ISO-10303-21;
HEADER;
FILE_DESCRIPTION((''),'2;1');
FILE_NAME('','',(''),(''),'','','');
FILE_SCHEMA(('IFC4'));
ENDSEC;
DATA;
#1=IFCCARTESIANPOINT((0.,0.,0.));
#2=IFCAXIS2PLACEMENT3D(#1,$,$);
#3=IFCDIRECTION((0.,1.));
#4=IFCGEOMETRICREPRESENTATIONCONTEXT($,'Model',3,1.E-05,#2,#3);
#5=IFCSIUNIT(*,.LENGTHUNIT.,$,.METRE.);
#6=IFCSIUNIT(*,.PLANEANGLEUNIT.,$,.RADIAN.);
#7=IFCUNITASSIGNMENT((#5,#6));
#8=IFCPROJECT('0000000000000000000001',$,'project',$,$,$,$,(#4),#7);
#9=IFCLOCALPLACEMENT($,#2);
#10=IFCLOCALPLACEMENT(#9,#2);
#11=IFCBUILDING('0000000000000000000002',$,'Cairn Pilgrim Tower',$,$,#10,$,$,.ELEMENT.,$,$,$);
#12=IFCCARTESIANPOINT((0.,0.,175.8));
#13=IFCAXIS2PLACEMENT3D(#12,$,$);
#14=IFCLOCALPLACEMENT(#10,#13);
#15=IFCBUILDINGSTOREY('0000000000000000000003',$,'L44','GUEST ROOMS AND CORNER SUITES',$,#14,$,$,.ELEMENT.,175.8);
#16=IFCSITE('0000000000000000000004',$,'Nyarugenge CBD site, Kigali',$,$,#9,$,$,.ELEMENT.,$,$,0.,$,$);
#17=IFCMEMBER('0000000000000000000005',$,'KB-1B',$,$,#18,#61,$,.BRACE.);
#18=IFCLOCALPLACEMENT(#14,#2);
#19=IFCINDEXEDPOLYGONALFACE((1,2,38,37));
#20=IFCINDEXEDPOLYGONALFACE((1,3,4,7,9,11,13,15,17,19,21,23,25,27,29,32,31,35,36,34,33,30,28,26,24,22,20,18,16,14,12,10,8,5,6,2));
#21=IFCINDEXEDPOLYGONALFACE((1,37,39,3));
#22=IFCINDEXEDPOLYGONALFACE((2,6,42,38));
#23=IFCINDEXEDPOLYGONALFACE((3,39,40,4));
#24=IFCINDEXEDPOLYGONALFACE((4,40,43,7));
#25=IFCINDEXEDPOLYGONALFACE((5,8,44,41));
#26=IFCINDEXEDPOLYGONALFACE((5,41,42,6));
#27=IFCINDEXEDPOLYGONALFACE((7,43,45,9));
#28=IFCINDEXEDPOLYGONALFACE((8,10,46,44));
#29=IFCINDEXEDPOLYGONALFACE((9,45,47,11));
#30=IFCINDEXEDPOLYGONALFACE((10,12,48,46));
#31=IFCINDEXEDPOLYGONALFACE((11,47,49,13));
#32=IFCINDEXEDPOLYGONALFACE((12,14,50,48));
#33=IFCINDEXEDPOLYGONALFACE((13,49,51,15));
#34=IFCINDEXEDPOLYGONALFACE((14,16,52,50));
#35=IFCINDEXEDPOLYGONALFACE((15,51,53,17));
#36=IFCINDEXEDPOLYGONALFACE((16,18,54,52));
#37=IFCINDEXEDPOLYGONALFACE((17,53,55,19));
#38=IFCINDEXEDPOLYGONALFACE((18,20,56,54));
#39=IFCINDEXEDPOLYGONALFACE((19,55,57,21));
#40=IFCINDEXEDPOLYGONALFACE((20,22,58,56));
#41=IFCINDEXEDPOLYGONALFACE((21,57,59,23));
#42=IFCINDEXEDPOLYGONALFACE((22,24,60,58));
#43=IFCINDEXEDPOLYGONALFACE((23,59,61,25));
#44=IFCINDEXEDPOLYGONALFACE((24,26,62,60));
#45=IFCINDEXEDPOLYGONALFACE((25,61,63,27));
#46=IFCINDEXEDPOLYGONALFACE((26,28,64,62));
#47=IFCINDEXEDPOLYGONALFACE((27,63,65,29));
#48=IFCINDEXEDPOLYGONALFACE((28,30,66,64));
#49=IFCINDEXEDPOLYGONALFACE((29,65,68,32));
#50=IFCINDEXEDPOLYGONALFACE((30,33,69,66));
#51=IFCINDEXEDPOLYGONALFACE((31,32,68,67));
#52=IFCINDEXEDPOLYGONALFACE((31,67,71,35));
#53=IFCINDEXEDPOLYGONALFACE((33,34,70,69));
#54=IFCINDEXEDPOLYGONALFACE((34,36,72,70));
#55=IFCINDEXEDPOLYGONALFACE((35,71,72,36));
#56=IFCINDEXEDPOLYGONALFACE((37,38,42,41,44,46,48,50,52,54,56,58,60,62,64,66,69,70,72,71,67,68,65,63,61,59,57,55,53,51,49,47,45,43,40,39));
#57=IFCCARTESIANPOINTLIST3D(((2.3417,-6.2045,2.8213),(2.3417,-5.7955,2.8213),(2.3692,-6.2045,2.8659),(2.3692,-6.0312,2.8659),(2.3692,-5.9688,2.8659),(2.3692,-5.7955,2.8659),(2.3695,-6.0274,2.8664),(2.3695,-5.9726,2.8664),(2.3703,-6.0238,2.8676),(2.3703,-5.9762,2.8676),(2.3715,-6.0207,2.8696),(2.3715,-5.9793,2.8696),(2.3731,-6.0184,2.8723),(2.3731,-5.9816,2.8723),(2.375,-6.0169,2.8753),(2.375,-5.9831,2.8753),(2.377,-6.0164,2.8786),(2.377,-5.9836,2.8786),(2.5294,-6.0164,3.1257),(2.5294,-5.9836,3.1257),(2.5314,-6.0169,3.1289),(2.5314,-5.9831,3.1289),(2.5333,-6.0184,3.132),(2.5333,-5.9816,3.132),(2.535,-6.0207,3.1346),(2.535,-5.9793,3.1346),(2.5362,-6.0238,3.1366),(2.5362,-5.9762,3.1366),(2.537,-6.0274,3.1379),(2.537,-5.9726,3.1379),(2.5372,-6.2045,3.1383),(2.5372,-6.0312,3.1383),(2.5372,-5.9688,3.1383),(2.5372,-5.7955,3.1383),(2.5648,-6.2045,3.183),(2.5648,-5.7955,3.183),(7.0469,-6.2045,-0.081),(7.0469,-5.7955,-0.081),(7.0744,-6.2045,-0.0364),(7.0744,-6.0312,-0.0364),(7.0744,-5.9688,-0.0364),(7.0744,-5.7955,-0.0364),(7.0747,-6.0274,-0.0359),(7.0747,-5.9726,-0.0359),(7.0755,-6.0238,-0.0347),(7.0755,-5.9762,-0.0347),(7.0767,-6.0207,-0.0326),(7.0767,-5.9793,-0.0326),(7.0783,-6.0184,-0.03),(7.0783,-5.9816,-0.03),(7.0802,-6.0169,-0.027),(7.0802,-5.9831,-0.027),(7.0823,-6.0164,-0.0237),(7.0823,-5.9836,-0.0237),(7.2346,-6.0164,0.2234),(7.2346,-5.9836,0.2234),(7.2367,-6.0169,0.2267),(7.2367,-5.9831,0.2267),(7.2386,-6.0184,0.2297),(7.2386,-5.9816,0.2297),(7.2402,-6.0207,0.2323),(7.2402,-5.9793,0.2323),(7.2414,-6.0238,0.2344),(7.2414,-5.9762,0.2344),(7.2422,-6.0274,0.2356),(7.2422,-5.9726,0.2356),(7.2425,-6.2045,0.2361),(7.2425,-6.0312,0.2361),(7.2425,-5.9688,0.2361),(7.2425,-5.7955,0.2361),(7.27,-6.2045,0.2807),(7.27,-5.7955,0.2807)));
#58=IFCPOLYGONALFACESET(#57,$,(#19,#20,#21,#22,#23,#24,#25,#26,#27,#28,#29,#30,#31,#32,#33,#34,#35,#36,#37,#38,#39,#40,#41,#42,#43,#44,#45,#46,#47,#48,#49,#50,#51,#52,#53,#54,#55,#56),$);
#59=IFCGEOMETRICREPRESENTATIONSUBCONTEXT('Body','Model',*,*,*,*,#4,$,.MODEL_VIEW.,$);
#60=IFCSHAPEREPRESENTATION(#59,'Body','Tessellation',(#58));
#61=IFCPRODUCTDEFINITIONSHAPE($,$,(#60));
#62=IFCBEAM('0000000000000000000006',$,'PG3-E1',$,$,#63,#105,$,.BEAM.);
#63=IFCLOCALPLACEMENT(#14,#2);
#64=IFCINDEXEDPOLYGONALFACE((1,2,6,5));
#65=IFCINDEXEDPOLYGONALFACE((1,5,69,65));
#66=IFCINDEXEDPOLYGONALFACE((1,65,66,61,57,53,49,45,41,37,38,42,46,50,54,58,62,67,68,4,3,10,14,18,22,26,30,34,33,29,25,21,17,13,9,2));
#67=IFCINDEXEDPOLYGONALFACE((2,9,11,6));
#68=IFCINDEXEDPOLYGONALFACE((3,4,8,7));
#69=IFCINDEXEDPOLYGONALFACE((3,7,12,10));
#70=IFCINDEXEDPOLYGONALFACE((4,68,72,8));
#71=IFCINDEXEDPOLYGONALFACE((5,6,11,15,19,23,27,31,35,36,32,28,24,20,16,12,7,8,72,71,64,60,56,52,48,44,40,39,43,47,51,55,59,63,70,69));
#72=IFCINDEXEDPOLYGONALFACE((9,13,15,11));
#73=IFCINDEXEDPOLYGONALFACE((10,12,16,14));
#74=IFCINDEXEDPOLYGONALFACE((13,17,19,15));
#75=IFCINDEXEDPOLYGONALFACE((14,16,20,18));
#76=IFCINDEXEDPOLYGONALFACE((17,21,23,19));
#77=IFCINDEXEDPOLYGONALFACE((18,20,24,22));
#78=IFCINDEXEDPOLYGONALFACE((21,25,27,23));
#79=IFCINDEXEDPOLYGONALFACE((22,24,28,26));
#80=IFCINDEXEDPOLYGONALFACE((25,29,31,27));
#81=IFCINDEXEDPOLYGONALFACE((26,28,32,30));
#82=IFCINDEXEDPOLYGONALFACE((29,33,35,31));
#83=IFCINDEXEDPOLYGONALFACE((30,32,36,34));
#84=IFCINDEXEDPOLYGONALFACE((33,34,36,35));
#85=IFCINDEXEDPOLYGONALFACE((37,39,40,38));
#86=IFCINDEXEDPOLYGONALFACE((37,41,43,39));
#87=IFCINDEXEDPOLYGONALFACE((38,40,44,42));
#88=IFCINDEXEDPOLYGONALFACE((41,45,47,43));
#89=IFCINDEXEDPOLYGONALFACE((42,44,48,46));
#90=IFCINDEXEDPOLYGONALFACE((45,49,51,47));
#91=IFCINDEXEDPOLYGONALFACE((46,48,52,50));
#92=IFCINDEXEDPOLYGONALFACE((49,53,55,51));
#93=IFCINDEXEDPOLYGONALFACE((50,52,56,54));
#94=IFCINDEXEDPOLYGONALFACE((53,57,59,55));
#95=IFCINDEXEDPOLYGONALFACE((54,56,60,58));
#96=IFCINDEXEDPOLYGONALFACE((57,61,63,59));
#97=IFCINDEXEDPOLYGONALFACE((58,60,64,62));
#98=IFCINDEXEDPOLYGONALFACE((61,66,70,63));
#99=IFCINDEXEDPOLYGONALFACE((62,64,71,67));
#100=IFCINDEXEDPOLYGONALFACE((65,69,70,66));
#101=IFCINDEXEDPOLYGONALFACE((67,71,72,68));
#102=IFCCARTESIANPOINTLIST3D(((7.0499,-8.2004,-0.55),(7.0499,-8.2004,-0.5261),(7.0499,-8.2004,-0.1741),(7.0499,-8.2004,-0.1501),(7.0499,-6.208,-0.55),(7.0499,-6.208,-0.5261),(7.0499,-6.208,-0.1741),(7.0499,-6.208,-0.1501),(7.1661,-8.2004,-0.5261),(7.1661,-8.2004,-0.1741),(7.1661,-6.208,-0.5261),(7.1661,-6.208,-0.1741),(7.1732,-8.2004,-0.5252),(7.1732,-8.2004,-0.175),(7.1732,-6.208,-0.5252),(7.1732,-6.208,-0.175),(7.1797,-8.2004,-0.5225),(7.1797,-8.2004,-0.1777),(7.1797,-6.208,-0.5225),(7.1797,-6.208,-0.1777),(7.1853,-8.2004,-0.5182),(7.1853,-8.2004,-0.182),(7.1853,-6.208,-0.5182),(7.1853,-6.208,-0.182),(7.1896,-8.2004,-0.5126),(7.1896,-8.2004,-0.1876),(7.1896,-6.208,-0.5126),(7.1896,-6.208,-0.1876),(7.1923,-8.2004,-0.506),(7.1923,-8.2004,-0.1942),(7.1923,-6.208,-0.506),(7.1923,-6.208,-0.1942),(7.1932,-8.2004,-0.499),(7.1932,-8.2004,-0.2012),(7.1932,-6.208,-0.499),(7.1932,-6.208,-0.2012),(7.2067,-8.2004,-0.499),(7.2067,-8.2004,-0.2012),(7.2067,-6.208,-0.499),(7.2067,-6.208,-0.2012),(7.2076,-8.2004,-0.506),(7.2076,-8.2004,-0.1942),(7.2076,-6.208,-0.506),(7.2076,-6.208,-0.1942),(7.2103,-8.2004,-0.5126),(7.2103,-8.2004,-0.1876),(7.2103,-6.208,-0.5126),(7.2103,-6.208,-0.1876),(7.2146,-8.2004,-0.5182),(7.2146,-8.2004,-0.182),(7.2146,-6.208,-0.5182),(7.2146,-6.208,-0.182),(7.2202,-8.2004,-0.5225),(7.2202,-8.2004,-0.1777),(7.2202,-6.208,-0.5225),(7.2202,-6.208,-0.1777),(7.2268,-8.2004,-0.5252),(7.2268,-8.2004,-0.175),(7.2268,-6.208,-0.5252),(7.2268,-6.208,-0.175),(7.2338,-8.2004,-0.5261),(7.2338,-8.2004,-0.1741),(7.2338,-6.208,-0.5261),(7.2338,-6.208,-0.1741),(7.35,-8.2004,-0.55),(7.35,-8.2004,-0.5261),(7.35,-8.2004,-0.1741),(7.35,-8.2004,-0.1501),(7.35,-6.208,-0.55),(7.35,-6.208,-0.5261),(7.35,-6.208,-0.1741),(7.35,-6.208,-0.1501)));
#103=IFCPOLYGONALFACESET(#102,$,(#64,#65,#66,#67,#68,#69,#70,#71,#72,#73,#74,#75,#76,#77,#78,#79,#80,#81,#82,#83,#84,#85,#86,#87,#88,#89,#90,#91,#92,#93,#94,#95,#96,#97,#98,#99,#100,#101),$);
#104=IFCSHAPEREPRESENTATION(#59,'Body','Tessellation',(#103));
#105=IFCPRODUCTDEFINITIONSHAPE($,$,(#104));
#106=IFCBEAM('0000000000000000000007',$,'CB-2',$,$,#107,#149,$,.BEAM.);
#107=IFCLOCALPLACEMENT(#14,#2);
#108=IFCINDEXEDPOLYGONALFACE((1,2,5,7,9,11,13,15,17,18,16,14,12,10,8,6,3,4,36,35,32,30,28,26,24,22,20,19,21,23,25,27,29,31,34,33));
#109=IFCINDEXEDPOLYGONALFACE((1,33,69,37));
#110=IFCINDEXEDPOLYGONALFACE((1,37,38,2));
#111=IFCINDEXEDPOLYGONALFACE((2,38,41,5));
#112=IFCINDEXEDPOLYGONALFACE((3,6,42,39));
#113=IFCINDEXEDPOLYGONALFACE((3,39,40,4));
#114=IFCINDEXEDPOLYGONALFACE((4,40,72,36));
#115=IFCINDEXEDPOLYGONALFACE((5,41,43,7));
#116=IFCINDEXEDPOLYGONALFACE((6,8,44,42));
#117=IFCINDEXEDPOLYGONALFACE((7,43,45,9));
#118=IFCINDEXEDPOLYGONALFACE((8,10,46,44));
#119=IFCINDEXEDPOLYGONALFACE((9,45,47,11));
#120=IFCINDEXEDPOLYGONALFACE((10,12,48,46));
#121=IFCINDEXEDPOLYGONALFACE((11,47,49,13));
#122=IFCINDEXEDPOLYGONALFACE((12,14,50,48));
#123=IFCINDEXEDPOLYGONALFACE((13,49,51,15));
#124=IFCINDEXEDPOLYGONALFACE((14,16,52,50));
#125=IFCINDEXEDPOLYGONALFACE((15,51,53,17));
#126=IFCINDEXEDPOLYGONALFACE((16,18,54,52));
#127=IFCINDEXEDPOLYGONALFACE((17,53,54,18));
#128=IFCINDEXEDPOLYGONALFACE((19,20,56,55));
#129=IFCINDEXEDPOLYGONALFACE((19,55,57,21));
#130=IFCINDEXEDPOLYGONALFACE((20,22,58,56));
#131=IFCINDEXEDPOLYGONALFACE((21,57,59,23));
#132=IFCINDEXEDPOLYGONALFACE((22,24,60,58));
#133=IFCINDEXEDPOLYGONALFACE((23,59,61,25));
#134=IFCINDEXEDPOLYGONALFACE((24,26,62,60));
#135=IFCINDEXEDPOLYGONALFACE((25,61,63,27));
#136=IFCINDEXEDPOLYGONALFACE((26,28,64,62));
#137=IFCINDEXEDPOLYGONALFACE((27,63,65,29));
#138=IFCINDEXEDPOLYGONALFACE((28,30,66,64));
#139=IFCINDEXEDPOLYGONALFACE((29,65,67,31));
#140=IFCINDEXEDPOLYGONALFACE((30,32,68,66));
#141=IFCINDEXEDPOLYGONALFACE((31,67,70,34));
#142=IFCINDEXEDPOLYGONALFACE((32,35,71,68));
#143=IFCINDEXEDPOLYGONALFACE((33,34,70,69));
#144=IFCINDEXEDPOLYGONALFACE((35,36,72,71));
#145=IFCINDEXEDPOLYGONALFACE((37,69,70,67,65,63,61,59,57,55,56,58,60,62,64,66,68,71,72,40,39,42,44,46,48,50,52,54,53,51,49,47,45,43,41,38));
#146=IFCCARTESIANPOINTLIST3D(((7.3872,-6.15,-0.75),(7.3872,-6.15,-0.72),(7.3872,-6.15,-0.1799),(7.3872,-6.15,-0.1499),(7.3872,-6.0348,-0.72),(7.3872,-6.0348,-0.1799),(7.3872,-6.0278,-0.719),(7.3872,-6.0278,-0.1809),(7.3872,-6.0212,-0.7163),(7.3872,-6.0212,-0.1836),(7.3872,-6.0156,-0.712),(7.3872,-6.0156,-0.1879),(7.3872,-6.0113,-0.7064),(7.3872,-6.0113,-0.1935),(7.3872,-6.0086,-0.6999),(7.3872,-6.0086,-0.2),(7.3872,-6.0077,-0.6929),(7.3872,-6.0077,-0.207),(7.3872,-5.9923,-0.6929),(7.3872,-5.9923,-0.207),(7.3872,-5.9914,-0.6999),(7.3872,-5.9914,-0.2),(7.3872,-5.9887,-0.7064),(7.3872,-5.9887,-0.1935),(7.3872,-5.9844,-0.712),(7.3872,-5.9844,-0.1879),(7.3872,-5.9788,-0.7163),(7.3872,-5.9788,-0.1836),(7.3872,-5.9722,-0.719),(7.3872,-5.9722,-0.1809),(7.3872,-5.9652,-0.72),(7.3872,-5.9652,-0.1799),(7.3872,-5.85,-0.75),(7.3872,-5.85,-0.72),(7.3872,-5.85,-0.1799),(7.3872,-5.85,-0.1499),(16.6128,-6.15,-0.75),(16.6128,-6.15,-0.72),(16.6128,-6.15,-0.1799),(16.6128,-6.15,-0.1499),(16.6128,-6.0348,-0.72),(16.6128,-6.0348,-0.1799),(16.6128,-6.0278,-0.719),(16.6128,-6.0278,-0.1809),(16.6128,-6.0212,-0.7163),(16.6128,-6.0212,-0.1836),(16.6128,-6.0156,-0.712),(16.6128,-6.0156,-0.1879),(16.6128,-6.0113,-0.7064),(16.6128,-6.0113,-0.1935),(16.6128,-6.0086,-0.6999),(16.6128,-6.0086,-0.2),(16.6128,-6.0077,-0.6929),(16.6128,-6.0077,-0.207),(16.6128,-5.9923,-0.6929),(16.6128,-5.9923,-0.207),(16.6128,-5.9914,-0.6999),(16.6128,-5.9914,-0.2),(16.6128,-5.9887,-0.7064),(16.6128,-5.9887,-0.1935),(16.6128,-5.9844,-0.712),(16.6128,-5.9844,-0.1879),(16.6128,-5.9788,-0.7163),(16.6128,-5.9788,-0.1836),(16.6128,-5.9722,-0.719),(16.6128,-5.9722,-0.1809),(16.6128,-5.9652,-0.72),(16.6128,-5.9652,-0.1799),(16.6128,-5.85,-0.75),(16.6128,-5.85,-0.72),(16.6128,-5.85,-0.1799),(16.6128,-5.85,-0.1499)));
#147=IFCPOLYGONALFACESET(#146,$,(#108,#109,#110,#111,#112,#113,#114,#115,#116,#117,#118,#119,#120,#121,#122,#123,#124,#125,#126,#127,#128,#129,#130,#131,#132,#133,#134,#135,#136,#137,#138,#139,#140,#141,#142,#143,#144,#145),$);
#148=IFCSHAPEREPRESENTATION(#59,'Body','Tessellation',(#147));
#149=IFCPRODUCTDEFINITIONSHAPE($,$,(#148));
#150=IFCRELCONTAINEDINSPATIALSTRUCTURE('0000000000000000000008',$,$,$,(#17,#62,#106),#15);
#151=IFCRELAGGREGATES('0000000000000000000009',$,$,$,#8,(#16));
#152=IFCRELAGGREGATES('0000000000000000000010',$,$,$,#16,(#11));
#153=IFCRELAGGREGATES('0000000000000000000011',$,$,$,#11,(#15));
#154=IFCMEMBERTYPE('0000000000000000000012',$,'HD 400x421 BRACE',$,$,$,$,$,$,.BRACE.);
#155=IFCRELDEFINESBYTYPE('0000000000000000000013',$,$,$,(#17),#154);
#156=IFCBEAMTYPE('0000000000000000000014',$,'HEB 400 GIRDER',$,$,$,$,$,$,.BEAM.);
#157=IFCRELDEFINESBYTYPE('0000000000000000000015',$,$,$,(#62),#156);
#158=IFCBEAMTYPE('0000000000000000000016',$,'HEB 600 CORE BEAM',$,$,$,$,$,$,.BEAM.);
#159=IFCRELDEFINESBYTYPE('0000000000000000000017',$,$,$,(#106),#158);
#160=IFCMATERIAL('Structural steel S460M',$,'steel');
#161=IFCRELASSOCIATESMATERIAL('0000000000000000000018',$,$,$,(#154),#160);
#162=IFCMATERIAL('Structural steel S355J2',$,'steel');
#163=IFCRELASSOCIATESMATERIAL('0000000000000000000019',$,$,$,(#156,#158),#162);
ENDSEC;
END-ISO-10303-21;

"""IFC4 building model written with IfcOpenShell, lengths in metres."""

from ifc_helpers import new_model, si_unit, direction, frame, origin, origin_2d, place, context, subcontext, project, spatial, i_section, extrude, material, material_profile, profile_set, type_object, element, save


model = new_model("IFC4")

# Units and contexts
model_context = context("Model", 3, precision=1e-05, world=origin(), true_north=direction((0.0, 1.0)))
body_context = subcontext(model_context, "Body", "Model", "MODEL_VIEW")
ifc_project = project(units=[si_unit("LENGTHUNIT", "METRE"), si_unit("PLANEANGLEUNIT", "RADIAN")], contexts=[model_context])

# Site, building, storey
site_placement = place(None, origin())
site = spatial("IfcSite", under=ifc_project, at=site_placement, Name="Nyarugenge CBD site, Kigali", CompositionType="ELEMENT", RefElevation=0.0)
building_placement = place(site_placement, origin())
building = spatial("IfcBuilding", under=site, at=building_placement, Name="Cairn Pilgrim Tower", CompositionType="ELEMENT")
storey_placement = place(building_placement, frame((0.0, 0.0, 175.8)))
storey = spatial("IfcBuildingStorey", under=building, at=storey_placement, Name="L44", Description="GUEST ROOMS AND CORNER SUITES", CompositionType="ELEMENT", Elevation=175.8)

# Shared definitions
ifc_material_1 = material(Name="Structural steel S355J2", Category="steel")
ifc_material_2 = material(Name="Structural steel S460M", Category="steel")

# Member
ifc_material_profile_1 = material_profile(ifc_material_2, i_section(OverallWidth=0.4089, OverallDepth=0.425, WebThickness=0.0327, FlangeThickness=0.0525, FilletRadius=0.0149, at=origin_2d()), Name="HD 400x421")
ifc_profile_set_1 = profile_set([ifc_material_profile_1], Name="Structural steel S460M")
member_type = type_object("IfcMemberType", Name="HD 400x421 BRACE", PredefinedType="BRACE", material=ifc_profile_set_1)
member_placement = place(storey_placement, frame((7.1584, -6.0, 0.0999), z_axis=(-0.851112, 0.0, 0.524984), x_axis=(0.0, -1.0, 0.0)))
element("IfcMember", 1, at=member_placement, inside=storey, type_object=member_type, Name="KB-1B", PredefinedType="BRACE", context=body_context, shape_type="SweptSolid", body=[
    extrude(i_section(OverallWidth=0.4089, OverallDepth=0.425, WebThickness=0.0327, FlangeThickness=0.0525, FilletRadius=0.0149, at=origin_2d()), origin(), (0.0, 0.0, 1.0), 5.5283),
])

# Beams
ifc_material_profile_2 = material_profile(ifc_material_1, i_section(OverallWidth=0.3, OverallDepth=0.3999, WebThickness=0.0134, FlangeThickness=0.0239, FilletRadius=0.0271, at=origin_2d()), Name="HEB 400")
ifc_profile_set_2 = profile_set([ifc_material_profile_2], Name="Structural steel S355J2")
beam_type_1 = type_object("IfcBeamType", Name="HEB 400 GIRDER", PredefinedType="BEAM", material=ifc_profile_set_2)
beam_1_placement = place(storey_placement, frame((7.2, -8.2004, -0.3501), z_axis=(0.0, 1.0, 0.0), x_axis=(-1.0, 0.0, 0.0)))
element("IfcBeam", 2, at=beam_1_placement, inside=storey, type_object=beam_type_1, Name="PG3-E1", PredefinedType="BEAM", context=body_context, shape_type="SweptSolid", body=[
    extrude(i_section(OverallWidth=0.3, OverallDepth=0.3999, WebThickness=0.0134, FlangeThickness=0.0239, FilletRadius=0.0271, at=origin_2d()), origin(), (0.0, 0.0, 1.0), 1.9924),
])
ifc_material_profile_3 = material_profile(ifc_material_1, i_section(OverallWidth=0.3, OverallDepth=0.6001, WebThickness=0.0154, FlangeThickness=0.03, FilletRadius=0.0271, at=origin_2d()), Name="HEB 600")
ifc_profile_set_3 = profile_set([ifc_material_profile_3], Name="Structural steel S355J2")
beam_type_2 = type_object("IfcBeamType", Name="HEB 600 CORE BEAM", PredefinedType="BEAM", material=ifc_profile_set_3)
beam_2_placement = place(storey_placement, frame((7.3872, -6.0, -0.45), z_axis=(1.0, 0.0, 0.0), x_axis=(0.0, 1.0, 0.0)))
element("IfcBeam", 3, at=beam_2_placement, inside=storey, type_object=beam_type_2, Name="CB-2", PredefinedType="BEAM", context=body_context, shape_type="SweptSolid", body=[
    extrude(i_section(OverallWidth=0.3, OverallDepth=0.6001, WebThickness=0.0154, FlangeThickness=0.03, FilletRadius=0.0271, at=origin_2d()), origin(), (0.0, 0.0, 1.0), 9.2256),
])

save(model, "model.ifc")
